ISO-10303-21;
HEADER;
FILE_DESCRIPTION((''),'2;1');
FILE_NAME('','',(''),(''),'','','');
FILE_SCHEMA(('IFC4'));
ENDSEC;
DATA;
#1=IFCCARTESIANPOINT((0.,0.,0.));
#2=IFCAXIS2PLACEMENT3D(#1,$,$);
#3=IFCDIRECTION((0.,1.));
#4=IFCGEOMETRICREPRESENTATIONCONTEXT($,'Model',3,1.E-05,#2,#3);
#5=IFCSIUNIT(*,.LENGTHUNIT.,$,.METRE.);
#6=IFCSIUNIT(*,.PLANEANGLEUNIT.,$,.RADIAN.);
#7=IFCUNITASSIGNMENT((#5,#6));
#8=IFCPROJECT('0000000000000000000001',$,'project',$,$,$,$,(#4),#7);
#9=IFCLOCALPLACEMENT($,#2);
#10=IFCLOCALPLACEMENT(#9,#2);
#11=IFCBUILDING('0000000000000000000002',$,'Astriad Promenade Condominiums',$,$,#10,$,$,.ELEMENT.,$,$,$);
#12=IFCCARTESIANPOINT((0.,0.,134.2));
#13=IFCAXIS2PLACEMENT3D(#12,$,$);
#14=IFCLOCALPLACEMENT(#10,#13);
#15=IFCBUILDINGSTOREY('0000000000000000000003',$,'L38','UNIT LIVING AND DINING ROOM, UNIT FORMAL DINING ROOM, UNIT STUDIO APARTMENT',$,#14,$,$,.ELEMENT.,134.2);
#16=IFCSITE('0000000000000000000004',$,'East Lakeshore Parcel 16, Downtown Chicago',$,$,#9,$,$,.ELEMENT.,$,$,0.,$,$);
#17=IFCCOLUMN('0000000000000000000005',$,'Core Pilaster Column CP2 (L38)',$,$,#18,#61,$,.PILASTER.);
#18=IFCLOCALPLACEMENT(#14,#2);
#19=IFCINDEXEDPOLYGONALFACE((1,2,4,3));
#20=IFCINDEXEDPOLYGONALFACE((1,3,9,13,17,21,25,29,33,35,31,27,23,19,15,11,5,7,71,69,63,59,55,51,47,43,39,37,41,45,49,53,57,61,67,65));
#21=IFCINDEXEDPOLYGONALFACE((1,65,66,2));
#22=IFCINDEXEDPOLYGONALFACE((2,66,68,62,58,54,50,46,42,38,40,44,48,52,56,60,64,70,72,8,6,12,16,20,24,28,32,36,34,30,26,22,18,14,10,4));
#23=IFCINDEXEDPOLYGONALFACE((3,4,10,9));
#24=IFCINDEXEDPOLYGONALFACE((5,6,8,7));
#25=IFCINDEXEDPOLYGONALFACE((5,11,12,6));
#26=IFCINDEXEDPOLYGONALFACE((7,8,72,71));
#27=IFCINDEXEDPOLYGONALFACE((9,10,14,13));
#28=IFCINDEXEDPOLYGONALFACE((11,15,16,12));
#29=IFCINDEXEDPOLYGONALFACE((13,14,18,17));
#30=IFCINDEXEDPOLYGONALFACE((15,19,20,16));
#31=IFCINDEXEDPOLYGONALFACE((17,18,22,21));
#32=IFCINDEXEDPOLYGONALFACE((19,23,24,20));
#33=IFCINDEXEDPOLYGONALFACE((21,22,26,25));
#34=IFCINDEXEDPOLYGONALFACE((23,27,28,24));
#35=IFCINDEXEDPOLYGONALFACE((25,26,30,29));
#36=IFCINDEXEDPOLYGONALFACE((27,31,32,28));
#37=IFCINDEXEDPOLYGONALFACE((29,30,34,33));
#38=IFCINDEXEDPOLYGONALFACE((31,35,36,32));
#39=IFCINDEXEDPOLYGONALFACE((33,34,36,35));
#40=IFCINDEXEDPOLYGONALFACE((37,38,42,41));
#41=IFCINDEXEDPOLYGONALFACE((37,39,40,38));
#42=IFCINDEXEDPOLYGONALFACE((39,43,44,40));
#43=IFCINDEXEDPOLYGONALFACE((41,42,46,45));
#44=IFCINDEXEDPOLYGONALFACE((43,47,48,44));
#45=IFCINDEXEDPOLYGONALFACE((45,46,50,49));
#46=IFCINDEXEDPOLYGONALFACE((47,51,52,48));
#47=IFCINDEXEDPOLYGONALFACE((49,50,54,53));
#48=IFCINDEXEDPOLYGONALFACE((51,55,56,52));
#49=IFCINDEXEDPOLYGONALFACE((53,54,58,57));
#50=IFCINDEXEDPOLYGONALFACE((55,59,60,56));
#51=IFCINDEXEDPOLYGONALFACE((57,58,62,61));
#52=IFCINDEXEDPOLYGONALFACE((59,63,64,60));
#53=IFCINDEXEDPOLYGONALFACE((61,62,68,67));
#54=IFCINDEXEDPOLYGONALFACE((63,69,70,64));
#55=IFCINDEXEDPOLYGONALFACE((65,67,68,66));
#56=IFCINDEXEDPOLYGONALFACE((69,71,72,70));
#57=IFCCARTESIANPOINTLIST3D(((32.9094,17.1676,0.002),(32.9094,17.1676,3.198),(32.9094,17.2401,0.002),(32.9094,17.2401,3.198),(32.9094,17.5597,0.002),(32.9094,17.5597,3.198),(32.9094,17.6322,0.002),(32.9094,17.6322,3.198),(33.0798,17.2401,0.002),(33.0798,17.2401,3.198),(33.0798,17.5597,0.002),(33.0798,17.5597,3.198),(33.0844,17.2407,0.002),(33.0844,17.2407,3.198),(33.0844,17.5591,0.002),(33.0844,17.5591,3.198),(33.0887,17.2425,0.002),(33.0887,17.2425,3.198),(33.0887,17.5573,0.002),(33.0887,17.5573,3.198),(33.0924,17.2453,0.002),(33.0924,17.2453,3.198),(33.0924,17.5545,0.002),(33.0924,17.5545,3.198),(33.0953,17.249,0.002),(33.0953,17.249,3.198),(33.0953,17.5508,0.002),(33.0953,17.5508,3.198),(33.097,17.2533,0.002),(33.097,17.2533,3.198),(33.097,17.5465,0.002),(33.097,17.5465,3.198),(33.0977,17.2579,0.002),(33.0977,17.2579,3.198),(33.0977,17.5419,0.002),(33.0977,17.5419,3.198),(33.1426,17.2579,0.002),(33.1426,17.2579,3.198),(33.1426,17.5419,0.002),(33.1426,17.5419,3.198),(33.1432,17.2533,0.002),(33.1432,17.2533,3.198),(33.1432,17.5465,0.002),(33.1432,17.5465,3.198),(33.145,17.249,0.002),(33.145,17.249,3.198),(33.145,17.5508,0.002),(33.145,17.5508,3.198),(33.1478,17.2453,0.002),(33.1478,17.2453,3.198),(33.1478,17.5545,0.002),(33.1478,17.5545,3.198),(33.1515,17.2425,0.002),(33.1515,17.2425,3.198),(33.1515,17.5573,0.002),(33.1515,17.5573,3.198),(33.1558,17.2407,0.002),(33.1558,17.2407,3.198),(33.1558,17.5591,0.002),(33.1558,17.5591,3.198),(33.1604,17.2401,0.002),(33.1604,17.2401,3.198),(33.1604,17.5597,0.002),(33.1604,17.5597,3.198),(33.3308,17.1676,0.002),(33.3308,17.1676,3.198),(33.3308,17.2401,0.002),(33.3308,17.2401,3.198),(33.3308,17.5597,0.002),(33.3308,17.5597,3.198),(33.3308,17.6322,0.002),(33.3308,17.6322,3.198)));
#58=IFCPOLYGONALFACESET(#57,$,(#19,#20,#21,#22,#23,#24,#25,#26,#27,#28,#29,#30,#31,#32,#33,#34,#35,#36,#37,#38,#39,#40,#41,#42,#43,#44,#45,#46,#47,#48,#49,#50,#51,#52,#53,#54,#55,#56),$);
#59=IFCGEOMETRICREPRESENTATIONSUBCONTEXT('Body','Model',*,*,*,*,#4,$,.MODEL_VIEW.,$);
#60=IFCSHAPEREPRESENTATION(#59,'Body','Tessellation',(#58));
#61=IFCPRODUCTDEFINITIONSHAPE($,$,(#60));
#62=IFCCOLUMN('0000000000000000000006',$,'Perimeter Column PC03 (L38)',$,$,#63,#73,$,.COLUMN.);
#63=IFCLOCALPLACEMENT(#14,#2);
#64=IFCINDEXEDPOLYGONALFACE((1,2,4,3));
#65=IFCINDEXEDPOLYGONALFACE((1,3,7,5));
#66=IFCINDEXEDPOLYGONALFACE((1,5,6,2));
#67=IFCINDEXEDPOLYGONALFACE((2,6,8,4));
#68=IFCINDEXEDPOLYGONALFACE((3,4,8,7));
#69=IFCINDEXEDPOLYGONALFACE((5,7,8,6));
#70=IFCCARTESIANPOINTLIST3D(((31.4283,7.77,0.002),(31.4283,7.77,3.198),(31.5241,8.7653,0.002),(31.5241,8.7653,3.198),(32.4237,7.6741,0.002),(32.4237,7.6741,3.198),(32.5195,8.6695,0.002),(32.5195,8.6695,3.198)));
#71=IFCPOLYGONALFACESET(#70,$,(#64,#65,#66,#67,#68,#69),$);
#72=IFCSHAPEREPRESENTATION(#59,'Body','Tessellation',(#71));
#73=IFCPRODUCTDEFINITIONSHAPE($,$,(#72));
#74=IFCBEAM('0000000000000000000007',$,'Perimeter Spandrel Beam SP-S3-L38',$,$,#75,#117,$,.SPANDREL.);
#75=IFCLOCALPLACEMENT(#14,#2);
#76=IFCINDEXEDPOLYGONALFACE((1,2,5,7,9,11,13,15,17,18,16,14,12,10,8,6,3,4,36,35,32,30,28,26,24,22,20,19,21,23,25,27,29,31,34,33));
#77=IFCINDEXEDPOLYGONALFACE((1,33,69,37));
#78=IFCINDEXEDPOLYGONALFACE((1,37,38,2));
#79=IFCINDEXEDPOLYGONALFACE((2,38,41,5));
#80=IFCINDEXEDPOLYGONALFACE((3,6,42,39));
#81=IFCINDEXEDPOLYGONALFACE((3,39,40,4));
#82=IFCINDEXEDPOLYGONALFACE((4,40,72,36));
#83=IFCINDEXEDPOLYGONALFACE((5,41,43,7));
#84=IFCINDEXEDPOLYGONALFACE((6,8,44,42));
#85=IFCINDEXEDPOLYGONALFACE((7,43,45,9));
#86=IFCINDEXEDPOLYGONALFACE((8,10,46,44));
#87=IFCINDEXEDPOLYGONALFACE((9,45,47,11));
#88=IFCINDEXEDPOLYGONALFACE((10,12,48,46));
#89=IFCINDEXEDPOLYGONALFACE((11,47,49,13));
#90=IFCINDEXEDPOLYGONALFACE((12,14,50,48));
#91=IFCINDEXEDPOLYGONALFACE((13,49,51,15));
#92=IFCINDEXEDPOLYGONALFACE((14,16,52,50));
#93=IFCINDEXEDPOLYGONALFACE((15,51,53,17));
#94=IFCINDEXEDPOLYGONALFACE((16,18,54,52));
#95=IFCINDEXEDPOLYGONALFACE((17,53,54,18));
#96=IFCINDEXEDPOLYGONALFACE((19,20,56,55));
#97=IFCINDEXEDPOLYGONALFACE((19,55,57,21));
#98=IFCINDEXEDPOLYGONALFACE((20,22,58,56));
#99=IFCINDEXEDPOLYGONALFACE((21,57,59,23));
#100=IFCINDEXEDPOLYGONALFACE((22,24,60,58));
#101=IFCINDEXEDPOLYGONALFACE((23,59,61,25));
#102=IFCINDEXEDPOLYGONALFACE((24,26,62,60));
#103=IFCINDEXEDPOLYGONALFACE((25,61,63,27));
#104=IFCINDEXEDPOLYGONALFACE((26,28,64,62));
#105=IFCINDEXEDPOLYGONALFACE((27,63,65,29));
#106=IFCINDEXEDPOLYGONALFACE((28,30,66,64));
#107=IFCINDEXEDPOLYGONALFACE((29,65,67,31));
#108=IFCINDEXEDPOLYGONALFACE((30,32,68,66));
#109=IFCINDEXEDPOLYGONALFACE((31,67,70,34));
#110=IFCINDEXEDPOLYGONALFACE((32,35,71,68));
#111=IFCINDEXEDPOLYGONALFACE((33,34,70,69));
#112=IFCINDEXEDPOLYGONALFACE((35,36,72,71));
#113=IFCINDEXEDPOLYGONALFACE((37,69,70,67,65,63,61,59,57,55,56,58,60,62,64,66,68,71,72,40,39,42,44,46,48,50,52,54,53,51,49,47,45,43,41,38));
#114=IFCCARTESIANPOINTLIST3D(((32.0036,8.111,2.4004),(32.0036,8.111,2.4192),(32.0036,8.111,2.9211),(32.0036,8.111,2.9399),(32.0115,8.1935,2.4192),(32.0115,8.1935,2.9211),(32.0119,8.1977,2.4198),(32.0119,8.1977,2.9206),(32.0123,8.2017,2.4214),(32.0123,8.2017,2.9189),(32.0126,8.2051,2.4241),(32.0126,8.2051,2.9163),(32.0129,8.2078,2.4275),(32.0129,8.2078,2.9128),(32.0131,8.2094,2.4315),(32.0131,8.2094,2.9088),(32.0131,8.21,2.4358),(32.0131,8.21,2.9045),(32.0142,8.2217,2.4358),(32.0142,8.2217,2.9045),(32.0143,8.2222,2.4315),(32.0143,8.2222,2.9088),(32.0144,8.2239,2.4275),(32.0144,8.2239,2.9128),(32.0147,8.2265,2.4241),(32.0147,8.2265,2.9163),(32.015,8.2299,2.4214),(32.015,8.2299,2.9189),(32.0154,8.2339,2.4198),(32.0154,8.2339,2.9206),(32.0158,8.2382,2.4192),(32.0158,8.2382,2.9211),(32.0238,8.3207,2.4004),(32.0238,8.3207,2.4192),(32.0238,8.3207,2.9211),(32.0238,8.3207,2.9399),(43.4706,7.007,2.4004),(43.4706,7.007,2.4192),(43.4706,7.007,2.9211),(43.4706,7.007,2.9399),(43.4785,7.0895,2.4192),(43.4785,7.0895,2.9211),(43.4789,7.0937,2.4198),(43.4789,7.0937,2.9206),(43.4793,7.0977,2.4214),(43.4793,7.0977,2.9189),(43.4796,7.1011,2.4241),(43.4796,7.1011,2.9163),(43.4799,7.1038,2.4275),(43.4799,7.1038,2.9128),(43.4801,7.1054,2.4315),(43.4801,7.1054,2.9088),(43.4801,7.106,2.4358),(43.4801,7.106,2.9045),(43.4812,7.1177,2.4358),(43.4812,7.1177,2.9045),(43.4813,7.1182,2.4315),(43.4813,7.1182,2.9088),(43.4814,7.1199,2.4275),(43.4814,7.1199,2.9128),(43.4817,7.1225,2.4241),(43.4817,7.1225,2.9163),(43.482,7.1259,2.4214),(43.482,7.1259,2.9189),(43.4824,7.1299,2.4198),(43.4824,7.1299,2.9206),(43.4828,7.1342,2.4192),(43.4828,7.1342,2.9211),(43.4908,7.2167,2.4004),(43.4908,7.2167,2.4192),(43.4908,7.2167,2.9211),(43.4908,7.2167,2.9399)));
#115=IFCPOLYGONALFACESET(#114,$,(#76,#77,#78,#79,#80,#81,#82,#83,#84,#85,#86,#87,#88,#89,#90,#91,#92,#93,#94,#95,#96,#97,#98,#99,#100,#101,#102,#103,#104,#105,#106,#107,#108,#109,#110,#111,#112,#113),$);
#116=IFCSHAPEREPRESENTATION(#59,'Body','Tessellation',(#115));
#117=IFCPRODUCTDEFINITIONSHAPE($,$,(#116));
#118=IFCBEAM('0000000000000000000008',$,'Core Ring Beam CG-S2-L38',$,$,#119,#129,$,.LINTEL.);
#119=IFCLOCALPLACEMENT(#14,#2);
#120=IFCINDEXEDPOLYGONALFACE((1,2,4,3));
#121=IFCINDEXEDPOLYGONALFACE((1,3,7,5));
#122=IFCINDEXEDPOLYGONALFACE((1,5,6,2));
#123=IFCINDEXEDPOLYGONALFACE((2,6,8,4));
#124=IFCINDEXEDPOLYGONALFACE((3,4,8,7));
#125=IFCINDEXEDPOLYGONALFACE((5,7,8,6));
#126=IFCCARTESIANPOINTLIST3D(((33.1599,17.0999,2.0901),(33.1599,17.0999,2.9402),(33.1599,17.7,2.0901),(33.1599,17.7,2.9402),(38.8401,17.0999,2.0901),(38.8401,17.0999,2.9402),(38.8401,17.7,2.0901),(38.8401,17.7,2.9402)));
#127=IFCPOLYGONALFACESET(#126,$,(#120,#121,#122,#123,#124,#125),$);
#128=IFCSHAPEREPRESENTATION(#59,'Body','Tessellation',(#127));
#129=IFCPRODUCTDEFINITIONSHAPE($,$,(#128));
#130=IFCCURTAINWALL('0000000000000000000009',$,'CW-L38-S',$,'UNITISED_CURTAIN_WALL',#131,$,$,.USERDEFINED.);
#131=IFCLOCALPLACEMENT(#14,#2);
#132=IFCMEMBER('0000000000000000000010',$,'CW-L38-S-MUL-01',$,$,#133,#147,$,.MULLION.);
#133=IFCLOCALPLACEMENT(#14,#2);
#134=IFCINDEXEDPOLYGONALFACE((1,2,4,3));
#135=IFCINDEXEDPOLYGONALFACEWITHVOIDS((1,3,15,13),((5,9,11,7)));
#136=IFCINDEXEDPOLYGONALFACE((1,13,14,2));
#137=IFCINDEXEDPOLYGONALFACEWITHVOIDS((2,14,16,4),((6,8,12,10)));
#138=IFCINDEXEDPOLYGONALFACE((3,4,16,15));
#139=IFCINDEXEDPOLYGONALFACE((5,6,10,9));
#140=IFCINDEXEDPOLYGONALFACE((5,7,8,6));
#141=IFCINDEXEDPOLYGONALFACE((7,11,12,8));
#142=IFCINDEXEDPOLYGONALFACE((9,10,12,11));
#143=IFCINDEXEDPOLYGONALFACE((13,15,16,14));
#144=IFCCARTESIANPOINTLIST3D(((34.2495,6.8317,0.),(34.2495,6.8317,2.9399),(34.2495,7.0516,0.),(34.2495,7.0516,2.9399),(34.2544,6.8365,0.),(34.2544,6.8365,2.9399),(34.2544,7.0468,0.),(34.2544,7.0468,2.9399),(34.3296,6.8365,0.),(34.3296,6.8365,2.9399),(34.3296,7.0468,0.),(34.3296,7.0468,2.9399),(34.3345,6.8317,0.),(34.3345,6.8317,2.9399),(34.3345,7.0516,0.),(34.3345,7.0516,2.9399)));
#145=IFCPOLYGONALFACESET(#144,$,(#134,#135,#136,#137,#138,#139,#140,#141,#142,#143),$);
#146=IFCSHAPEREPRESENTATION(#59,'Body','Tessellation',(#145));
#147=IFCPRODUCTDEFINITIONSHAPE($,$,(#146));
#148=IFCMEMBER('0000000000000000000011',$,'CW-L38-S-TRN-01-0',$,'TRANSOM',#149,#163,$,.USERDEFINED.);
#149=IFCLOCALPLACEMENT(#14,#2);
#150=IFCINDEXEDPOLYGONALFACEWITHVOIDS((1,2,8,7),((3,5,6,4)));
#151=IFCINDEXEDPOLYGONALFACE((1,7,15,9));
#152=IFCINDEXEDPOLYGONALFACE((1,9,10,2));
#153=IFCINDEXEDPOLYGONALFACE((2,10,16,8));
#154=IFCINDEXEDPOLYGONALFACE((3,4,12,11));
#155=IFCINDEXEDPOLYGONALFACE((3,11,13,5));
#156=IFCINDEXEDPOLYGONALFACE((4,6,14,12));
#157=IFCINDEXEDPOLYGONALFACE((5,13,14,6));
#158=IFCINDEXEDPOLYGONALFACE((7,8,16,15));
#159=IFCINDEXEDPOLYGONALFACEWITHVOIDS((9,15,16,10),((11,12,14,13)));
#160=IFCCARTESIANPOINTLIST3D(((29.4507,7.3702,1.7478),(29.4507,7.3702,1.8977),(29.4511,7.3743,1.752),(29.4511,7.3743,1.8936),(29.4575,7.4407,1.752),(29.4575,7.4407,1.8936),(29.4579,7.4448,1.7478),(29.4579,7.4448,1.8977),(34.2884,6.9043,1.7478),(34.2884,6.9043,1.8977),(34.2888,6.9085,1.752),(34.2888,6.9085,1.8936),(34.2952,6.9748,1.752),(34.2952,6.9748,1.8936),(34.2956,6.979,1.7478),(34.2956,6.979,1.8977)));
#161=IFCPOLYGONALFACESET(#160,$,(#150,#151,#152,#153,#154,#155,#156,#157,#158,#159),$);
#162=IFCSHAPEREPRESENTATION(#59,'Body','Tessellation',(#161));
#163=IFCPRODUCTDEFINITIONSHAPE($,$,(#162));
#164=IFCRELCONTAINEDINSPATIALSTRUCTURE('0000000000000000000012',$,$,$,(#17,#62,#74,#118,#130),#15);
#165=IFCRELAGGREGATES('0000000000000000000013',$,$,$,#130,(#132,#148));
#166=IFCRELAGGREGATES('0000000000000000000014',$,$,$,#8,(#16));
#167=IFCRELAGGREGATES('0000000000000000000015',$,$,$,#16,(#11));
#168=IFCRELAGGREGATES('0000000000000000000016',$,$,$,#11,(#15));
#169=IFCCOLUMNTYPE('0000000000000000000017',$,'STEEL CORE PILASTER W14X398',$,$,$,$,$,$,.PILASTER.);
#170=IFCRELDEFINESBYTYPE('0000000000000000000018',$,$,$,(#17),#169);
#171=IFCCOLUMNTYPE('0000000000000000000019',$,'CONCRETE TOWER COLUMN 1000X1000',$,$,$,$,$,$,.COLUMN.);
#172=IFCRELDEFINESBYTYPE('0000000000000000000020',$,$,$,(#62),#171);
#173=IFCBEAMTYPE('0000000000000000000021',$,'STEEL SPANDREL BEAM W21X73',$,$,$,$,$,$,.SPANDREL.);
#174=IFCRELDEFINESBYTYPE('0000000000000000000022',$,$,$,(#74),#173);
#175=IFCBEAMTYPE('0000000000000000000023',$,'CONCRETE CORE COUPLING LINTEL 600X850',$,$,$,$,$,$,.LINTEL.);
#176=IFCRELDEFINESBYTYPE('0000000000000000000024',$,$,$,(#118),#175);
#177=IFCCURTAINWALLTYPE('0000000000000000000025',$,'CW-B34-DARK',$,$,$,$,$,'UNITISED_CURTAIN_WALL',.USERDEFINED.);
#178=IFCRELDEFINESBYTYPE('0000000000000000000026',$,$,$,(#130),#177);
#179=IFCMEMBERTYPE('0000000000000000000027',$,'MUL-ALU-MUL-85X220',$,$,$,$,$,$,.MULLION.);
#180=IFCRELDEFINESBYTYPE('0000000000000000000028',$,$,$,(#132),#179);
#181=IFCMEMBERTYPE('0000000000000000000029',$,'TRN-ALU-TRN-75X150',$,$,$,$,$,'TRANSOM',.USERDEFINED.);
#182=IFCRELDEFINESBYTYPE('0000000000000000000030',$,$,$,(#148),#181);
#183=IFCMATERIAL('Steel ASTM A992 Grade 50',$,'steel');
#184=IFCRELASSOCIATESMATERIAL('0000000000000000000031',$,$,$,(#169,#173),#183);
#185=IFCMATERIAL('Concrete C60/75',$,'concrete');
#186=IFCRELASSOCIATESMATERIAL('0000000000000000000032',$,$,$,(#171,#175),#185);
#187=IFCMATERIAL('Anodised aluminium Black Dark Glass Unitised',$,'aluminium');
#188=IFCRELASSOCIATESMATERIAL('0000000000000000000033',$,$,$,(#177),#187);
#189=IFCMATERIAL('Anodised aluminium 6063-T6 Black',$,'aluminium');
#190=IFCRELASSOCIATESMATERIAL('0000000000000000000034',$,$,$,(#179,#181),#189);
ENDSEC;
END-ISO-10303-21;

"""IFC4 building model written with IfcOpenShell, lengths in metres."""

from ifc_helpers import new_model, si_unit, direction, frame, origin, origin_2d, place, context, subcontext, project, spatial, rectangle, hollow_rectangle, i_section, extrude, source, transform, mapped, material, material_profile, profile_set, type_object, type_shapes, element, aggregate, save


model = new_model("IFC4")

# Units and contexts
model_context = context("Model", 3, precision=1e-05, world=origin(), true_north=direction((0.0, 1.0)))
body_context = subcontext(model_context, "Body", "Model", "MODEL_VIEW")
ifc_project = project(units=[si_unit("LENGTHUNIT", "METRE"), si_unit("PLANEANGLEUNIT", "RADIAN")], contexts=[model_context])

# Site, building, storey
site_placement = place(None, origin())
site = spatial("IfcSite", under=ifc_project, at=site_placement, Name="East Lakeshore Parcel 16, Downtown Chicago", CompositionType="ELEMENT", RefElevation=0.0)
building_placement = place(site_placement, origin())
building = spatial("IfcBuilding", under=site, at=building_placement, Name="Astriad Promenade Condominiums", CompositionType="ELEMENT")
storey_placement = place(building_placement, frame((0.0, 0.0, 134.2)))
storey = spatial("IfcBuildingStorey", under=building, at=storey_placement, Name="L38", Description="UNIT LIVING AND DINING ROOM, UNIT FORMAL DINING ROOM, UNIT STUDIO APARTMENT", CompositionType="ELEMENT", Elevation=134.2)

# Columns
ifc_material_1 = material(Name="Steel ASTM A992 Grade 50", Category="steel")
ifc_material_profile_1 = material_profile(ifc_material_1, i_section(OverallWidth=0.4214, OverallDepth=0.4646, WebThickness=0.0449, FlangeThickness=0.0725, FilletRadius=0.0178, at=origin_2d()), Name="W14X398")
ifc_profile_set_1 = profile_set([ifc_material_profile_1], Name="Steel ASTM A992 Grade 50")
column_type_1 = type_object("IfcColumnType", Name="STEEL CORE PILASTER W14X398", PredefinedType="PILASTER", material=ifc_profile_set_1)
shared_shape_1 = source(origin(), body_context, "Body", "SweptSolid", [
    extrude(i_section(OverallWidth=0.4214, OverallDepth=0.4646, WebThickness=0.0449, FlangeThickness=0.0725, FilletRadius=0.0178, at=origin_2d()), origin(), (0.0, 0.0, 1.0), 3.196),
])
type_shapes(column_type_1, [shared_shape_1])
column_1_placement = place(storey_placement, frame((33.1201, 17.3999, 0.002), z_axis=(0.0, 0.0, 1.0), x_axis=(1.0, 0.0, 0.0)))
element("IfcColumn", 1, at=column_1_placement, inside=storey, type_object=column_type_1, Name="Core Pilaster Column CP2 (L38)", PredefinedType="PILASTER", context=body_context, shape_type="MappedRepresentation", body=[
    mapped(shared_shape_1, transform((0.0, 0.0, 0.0), scale=1.0)),
])
ifc_material_2 = material(Name="Concrete C60/75", Category="concrete")
ifc_material_profile_2 = material_profile(ifc_material_2, rectangle(XDim=1.0, YDim=1.0, at=origin_2d()), Name="RC-COL-1000X1000")
ifc_profile_set_2 = profile_set([ifc_material_profile_2], Name="Concrete C60/75")
column_type_2 = type_object("IfcColumnType", Name="CONCRETE TOWER COLUMN 1000X1000", PredefinedType="COLUMN", material=ifc_profile_set_2)
shared_shape_2 = source(origin(), body_context, "Body", "SweptSolid", [
    extrude(rectangle(XDim=1.0, YDim=1.0, at=origin_2d()), origin(), (0.0, 0.0, 1.0), 3.196),
])
type_shapes(column_type_2, [shared_shape_2])
column_2_placement = place(storey_placement, frame((31.9739, 8.2197, 0.002), z_axis=(0.0, 0.0, 1.0), x_axis=(0.995396, -0.095846, 0.0)))
element("IfcColumn", 2, at=column_2_placement, inside=storey, type_object=column_type_2, Name="Perimeter Column PC03 (L38)", PredefinedType="COLUMN", context=body_context, shape_type="MappedRepresentation", body=[
    mapped(shared_shape_2, transform((0.0, 0.0, 0.0), scale=1.0)),
])

# Beams
ifc_material_profile_3 = material_profile(ifc_material_1, i_section(OverallWidth=0.2107, OverallDepth=0.5396, WebThickness=0.0117, FlangeThickness=0.0188, FilletRadius=0.0166, at=origin_2d()), Name="W21X73")
ifc_profile_set_3 = profile_set([ifc_material_profile_3], Name="Steel ASTM A992 Grade 50")
beam_type_1 = type_object("IfcBeamType", Name="STEEL SPANDREL BEAM W21X73", PredefinedType="SPANDREL", material=ifc_profile_set_3)
shared_shape_3 = source(origin(), body_context, "Body", "SweptSolid", [
    extrude(i_section(OverallWidth=0.2107, OverallDepth=0.5396, WebThickness=0.0117, FlangeThickness=0.0188, FilletRadius=0.0166, at=origin_2d()), origin(), (0.0, 0.0, 1.0), 11.52),
])
type_shapes(beam_type_1, [shared_shape_3])
beam_1_placement = place(storey_placement, frame((32.0137, 8.2158, 2.6702), z_axis=(0.995397, -0.095833, 0.0), x_axis=(0.095833, 0.995397, 0.0)))
element("IfcBeam", 3, at=beam_1_placement, inside=storey, type_object=beam_type_1, Name="Perimeter Spandrel Beam SP-S3-L38", PredefinedType="SPANDREL", context=body_context, shape_type="MappedRepresentation", body=[
    mapped(shared_shape_3, transform((0.0, 0.0, 0.0), scale=1.0)),
])
ifc_material_profile_4 = material_profile(ifc_material_2, rectangle(XDim=0.6001, YDim=0.8501, at=origin_2d()), Name="RC-BM-600X850")
ifc_profile_set_4 = profile_set([ifc_material_profile_4], Name="Concrete C60/75")
beam_type_2 = type_object("IfcBeamType", Name="CONCRETE CORE COUPLING LINTEL 600X850", PredefinedType="LINTEL", material=ifc_profile_set_4)
shared_shape_4 = source(origin(), body_context, "Body", "SweptSolid", [
    extrude(rectangle(XDim=0.6001, YDim=0.8501, at=origin_2d()), origin(), (0.0, 0.0, 1.0), 5.6802),
])
type_shapes(beam_type_2, [shared_shape_4])
beam_2_placement = place(storey_placement, frame((33.1599, 17.3999, 2.5151), z_axis=(1.0, 0.0, 0.0), x_axis=(0.0, 1.0, 0.0)))
element("IfcBeam", 4, at=beam_2_placement, inside=storey, type_object=beam_type_2, Name="Core Ring Beam CG-S2-L38", PredefinedType="LINTEL", context=body_context, shape_type="MappedRepresentation", body=[
    mapped(shared_shape_4, transform((0.0, 0.0, 0.0), scale=1.0)),
])

# Curtain wall, members
ifc_material_3 = material(Name="Anodised aluminium Black Dark Glass Unitised", Category="aluminium")
curtain_wall_type = type_object("IfcCurtainWallType", Name="CW-B34-DARK", ElementType="UNITISED_CURTAIN_WALL", PredefinedType="USERDEFINED", material=ifc_material_3)
curtain_wall_placement = place(storey_placement, origin())
curtain_wall = element("IfcCurtainWall", 5, at=curtain_wall_placement, inside=storey, type_object=curtain_wall_type, Name="CW-L38-S", ObjectType="UNITISED_CURTAIN_WALL", PredefinedType="USERDEFINED")
ifc_material_4 = material(Name="Anodised aluminium 6063-T6 Black", Category="aluminium")
ifc_material_profile_5 = material_profile(ifc_material_4, hollow_rectangle(XDim=0.085, YDim=0.22, WallThickness=0.0049, at=origin_2d()), Name="ALU-MUL-85X220")
ifc_profile_set_5 = profile_set([ifc_material_profile_5], Name="Anodised aluminium 6063-T6 Black")
member_type_1 = type_object("IfcMemberType", Name="MUL-ALU-MUL-85X220", PredefinedType="MULLION", material=ifc_profile_set_5)
shared_shape_5 = source(origin(), body_context, "Body", "SweptSolid", [
    extrude(hollow_rectangle(XDim=0.085, YDim=0.22, WallThickness=0.0049, at=origin_2d()), origin(), (0.0, 0.0, 1.0), 2.9399),
])
type_shapes(member_type_1, [shared_shape_5])
member_1_placement = place(storey_placement, frame((34.292, 6.9417, 0.0), z_axis=(0.0, 0.0, 1.0), x_axis=(1.0, 0.0, 0.0)))
member_1 = element("IfcMember", 6, at=member_1_placement, type_object=member_type_1, Name="CW-L38-S-MUL-01", PredefinedType="MULLION", context=body_context, shape_type="MappedRepresentation", body=[
    mapped(shared_shape_5, transform((0.0, 0.0, 0.0), scale=1.0)),
])
ifc_material_profile_6 = material_profile(ifc_material_4, hollow_rectangle(XDim=0.075, YDim=0.1499, WallThickness=0.0042, at=origin_2d()), Name="ALU-TRN-75X150")
ifc_profile_set_6 = profile_set([ifc_material_profile_6], Name="Anodised aluminium 6063-T6 Black")
member_type_2 = type_object("IfcMemberType", Name="TRN-ALU-TRN-75X150", ElementType="TRANSOM", PredefinedType="USERDEFINED", material=ifc_profile_set_6)
shared_shape_6 = source(origin(), body_context, "Body", "SweptSolid", [
    extrude(hollow_rectangle(XDim=0.075, YDim=0.1499, WallThickness=0.0042, at=origin_2d()), origin(), (0.0, 0.0, 1.0), 4.8601),
])
type_shapes(member_type_2, [shared_shape_6])
member_2_placement = place(storey_placement, frame((34.292, 6.9417, 1.8228), z_axis=(-0.995396, 0.095847, 0.0), x_axis=(-0.095847, -0.995396, 0.0)))
member_2 = element("IfcMember", 7, at=member_2_placement, type_object=member_type_2, Name="CW-L38-S-TRN-01-0", ObjectType="TRANSOM", PredefinedType="USERDEFINED", context=body_context, shape_type="MappedRepresentation", body=[
    mapped(shared_shape_6, transform((0.0, 0.0, 0.0), scale=1.0)),
])
aggregate(curtain_wall, [member_1, member_2])

save(model, "model.ifc")
